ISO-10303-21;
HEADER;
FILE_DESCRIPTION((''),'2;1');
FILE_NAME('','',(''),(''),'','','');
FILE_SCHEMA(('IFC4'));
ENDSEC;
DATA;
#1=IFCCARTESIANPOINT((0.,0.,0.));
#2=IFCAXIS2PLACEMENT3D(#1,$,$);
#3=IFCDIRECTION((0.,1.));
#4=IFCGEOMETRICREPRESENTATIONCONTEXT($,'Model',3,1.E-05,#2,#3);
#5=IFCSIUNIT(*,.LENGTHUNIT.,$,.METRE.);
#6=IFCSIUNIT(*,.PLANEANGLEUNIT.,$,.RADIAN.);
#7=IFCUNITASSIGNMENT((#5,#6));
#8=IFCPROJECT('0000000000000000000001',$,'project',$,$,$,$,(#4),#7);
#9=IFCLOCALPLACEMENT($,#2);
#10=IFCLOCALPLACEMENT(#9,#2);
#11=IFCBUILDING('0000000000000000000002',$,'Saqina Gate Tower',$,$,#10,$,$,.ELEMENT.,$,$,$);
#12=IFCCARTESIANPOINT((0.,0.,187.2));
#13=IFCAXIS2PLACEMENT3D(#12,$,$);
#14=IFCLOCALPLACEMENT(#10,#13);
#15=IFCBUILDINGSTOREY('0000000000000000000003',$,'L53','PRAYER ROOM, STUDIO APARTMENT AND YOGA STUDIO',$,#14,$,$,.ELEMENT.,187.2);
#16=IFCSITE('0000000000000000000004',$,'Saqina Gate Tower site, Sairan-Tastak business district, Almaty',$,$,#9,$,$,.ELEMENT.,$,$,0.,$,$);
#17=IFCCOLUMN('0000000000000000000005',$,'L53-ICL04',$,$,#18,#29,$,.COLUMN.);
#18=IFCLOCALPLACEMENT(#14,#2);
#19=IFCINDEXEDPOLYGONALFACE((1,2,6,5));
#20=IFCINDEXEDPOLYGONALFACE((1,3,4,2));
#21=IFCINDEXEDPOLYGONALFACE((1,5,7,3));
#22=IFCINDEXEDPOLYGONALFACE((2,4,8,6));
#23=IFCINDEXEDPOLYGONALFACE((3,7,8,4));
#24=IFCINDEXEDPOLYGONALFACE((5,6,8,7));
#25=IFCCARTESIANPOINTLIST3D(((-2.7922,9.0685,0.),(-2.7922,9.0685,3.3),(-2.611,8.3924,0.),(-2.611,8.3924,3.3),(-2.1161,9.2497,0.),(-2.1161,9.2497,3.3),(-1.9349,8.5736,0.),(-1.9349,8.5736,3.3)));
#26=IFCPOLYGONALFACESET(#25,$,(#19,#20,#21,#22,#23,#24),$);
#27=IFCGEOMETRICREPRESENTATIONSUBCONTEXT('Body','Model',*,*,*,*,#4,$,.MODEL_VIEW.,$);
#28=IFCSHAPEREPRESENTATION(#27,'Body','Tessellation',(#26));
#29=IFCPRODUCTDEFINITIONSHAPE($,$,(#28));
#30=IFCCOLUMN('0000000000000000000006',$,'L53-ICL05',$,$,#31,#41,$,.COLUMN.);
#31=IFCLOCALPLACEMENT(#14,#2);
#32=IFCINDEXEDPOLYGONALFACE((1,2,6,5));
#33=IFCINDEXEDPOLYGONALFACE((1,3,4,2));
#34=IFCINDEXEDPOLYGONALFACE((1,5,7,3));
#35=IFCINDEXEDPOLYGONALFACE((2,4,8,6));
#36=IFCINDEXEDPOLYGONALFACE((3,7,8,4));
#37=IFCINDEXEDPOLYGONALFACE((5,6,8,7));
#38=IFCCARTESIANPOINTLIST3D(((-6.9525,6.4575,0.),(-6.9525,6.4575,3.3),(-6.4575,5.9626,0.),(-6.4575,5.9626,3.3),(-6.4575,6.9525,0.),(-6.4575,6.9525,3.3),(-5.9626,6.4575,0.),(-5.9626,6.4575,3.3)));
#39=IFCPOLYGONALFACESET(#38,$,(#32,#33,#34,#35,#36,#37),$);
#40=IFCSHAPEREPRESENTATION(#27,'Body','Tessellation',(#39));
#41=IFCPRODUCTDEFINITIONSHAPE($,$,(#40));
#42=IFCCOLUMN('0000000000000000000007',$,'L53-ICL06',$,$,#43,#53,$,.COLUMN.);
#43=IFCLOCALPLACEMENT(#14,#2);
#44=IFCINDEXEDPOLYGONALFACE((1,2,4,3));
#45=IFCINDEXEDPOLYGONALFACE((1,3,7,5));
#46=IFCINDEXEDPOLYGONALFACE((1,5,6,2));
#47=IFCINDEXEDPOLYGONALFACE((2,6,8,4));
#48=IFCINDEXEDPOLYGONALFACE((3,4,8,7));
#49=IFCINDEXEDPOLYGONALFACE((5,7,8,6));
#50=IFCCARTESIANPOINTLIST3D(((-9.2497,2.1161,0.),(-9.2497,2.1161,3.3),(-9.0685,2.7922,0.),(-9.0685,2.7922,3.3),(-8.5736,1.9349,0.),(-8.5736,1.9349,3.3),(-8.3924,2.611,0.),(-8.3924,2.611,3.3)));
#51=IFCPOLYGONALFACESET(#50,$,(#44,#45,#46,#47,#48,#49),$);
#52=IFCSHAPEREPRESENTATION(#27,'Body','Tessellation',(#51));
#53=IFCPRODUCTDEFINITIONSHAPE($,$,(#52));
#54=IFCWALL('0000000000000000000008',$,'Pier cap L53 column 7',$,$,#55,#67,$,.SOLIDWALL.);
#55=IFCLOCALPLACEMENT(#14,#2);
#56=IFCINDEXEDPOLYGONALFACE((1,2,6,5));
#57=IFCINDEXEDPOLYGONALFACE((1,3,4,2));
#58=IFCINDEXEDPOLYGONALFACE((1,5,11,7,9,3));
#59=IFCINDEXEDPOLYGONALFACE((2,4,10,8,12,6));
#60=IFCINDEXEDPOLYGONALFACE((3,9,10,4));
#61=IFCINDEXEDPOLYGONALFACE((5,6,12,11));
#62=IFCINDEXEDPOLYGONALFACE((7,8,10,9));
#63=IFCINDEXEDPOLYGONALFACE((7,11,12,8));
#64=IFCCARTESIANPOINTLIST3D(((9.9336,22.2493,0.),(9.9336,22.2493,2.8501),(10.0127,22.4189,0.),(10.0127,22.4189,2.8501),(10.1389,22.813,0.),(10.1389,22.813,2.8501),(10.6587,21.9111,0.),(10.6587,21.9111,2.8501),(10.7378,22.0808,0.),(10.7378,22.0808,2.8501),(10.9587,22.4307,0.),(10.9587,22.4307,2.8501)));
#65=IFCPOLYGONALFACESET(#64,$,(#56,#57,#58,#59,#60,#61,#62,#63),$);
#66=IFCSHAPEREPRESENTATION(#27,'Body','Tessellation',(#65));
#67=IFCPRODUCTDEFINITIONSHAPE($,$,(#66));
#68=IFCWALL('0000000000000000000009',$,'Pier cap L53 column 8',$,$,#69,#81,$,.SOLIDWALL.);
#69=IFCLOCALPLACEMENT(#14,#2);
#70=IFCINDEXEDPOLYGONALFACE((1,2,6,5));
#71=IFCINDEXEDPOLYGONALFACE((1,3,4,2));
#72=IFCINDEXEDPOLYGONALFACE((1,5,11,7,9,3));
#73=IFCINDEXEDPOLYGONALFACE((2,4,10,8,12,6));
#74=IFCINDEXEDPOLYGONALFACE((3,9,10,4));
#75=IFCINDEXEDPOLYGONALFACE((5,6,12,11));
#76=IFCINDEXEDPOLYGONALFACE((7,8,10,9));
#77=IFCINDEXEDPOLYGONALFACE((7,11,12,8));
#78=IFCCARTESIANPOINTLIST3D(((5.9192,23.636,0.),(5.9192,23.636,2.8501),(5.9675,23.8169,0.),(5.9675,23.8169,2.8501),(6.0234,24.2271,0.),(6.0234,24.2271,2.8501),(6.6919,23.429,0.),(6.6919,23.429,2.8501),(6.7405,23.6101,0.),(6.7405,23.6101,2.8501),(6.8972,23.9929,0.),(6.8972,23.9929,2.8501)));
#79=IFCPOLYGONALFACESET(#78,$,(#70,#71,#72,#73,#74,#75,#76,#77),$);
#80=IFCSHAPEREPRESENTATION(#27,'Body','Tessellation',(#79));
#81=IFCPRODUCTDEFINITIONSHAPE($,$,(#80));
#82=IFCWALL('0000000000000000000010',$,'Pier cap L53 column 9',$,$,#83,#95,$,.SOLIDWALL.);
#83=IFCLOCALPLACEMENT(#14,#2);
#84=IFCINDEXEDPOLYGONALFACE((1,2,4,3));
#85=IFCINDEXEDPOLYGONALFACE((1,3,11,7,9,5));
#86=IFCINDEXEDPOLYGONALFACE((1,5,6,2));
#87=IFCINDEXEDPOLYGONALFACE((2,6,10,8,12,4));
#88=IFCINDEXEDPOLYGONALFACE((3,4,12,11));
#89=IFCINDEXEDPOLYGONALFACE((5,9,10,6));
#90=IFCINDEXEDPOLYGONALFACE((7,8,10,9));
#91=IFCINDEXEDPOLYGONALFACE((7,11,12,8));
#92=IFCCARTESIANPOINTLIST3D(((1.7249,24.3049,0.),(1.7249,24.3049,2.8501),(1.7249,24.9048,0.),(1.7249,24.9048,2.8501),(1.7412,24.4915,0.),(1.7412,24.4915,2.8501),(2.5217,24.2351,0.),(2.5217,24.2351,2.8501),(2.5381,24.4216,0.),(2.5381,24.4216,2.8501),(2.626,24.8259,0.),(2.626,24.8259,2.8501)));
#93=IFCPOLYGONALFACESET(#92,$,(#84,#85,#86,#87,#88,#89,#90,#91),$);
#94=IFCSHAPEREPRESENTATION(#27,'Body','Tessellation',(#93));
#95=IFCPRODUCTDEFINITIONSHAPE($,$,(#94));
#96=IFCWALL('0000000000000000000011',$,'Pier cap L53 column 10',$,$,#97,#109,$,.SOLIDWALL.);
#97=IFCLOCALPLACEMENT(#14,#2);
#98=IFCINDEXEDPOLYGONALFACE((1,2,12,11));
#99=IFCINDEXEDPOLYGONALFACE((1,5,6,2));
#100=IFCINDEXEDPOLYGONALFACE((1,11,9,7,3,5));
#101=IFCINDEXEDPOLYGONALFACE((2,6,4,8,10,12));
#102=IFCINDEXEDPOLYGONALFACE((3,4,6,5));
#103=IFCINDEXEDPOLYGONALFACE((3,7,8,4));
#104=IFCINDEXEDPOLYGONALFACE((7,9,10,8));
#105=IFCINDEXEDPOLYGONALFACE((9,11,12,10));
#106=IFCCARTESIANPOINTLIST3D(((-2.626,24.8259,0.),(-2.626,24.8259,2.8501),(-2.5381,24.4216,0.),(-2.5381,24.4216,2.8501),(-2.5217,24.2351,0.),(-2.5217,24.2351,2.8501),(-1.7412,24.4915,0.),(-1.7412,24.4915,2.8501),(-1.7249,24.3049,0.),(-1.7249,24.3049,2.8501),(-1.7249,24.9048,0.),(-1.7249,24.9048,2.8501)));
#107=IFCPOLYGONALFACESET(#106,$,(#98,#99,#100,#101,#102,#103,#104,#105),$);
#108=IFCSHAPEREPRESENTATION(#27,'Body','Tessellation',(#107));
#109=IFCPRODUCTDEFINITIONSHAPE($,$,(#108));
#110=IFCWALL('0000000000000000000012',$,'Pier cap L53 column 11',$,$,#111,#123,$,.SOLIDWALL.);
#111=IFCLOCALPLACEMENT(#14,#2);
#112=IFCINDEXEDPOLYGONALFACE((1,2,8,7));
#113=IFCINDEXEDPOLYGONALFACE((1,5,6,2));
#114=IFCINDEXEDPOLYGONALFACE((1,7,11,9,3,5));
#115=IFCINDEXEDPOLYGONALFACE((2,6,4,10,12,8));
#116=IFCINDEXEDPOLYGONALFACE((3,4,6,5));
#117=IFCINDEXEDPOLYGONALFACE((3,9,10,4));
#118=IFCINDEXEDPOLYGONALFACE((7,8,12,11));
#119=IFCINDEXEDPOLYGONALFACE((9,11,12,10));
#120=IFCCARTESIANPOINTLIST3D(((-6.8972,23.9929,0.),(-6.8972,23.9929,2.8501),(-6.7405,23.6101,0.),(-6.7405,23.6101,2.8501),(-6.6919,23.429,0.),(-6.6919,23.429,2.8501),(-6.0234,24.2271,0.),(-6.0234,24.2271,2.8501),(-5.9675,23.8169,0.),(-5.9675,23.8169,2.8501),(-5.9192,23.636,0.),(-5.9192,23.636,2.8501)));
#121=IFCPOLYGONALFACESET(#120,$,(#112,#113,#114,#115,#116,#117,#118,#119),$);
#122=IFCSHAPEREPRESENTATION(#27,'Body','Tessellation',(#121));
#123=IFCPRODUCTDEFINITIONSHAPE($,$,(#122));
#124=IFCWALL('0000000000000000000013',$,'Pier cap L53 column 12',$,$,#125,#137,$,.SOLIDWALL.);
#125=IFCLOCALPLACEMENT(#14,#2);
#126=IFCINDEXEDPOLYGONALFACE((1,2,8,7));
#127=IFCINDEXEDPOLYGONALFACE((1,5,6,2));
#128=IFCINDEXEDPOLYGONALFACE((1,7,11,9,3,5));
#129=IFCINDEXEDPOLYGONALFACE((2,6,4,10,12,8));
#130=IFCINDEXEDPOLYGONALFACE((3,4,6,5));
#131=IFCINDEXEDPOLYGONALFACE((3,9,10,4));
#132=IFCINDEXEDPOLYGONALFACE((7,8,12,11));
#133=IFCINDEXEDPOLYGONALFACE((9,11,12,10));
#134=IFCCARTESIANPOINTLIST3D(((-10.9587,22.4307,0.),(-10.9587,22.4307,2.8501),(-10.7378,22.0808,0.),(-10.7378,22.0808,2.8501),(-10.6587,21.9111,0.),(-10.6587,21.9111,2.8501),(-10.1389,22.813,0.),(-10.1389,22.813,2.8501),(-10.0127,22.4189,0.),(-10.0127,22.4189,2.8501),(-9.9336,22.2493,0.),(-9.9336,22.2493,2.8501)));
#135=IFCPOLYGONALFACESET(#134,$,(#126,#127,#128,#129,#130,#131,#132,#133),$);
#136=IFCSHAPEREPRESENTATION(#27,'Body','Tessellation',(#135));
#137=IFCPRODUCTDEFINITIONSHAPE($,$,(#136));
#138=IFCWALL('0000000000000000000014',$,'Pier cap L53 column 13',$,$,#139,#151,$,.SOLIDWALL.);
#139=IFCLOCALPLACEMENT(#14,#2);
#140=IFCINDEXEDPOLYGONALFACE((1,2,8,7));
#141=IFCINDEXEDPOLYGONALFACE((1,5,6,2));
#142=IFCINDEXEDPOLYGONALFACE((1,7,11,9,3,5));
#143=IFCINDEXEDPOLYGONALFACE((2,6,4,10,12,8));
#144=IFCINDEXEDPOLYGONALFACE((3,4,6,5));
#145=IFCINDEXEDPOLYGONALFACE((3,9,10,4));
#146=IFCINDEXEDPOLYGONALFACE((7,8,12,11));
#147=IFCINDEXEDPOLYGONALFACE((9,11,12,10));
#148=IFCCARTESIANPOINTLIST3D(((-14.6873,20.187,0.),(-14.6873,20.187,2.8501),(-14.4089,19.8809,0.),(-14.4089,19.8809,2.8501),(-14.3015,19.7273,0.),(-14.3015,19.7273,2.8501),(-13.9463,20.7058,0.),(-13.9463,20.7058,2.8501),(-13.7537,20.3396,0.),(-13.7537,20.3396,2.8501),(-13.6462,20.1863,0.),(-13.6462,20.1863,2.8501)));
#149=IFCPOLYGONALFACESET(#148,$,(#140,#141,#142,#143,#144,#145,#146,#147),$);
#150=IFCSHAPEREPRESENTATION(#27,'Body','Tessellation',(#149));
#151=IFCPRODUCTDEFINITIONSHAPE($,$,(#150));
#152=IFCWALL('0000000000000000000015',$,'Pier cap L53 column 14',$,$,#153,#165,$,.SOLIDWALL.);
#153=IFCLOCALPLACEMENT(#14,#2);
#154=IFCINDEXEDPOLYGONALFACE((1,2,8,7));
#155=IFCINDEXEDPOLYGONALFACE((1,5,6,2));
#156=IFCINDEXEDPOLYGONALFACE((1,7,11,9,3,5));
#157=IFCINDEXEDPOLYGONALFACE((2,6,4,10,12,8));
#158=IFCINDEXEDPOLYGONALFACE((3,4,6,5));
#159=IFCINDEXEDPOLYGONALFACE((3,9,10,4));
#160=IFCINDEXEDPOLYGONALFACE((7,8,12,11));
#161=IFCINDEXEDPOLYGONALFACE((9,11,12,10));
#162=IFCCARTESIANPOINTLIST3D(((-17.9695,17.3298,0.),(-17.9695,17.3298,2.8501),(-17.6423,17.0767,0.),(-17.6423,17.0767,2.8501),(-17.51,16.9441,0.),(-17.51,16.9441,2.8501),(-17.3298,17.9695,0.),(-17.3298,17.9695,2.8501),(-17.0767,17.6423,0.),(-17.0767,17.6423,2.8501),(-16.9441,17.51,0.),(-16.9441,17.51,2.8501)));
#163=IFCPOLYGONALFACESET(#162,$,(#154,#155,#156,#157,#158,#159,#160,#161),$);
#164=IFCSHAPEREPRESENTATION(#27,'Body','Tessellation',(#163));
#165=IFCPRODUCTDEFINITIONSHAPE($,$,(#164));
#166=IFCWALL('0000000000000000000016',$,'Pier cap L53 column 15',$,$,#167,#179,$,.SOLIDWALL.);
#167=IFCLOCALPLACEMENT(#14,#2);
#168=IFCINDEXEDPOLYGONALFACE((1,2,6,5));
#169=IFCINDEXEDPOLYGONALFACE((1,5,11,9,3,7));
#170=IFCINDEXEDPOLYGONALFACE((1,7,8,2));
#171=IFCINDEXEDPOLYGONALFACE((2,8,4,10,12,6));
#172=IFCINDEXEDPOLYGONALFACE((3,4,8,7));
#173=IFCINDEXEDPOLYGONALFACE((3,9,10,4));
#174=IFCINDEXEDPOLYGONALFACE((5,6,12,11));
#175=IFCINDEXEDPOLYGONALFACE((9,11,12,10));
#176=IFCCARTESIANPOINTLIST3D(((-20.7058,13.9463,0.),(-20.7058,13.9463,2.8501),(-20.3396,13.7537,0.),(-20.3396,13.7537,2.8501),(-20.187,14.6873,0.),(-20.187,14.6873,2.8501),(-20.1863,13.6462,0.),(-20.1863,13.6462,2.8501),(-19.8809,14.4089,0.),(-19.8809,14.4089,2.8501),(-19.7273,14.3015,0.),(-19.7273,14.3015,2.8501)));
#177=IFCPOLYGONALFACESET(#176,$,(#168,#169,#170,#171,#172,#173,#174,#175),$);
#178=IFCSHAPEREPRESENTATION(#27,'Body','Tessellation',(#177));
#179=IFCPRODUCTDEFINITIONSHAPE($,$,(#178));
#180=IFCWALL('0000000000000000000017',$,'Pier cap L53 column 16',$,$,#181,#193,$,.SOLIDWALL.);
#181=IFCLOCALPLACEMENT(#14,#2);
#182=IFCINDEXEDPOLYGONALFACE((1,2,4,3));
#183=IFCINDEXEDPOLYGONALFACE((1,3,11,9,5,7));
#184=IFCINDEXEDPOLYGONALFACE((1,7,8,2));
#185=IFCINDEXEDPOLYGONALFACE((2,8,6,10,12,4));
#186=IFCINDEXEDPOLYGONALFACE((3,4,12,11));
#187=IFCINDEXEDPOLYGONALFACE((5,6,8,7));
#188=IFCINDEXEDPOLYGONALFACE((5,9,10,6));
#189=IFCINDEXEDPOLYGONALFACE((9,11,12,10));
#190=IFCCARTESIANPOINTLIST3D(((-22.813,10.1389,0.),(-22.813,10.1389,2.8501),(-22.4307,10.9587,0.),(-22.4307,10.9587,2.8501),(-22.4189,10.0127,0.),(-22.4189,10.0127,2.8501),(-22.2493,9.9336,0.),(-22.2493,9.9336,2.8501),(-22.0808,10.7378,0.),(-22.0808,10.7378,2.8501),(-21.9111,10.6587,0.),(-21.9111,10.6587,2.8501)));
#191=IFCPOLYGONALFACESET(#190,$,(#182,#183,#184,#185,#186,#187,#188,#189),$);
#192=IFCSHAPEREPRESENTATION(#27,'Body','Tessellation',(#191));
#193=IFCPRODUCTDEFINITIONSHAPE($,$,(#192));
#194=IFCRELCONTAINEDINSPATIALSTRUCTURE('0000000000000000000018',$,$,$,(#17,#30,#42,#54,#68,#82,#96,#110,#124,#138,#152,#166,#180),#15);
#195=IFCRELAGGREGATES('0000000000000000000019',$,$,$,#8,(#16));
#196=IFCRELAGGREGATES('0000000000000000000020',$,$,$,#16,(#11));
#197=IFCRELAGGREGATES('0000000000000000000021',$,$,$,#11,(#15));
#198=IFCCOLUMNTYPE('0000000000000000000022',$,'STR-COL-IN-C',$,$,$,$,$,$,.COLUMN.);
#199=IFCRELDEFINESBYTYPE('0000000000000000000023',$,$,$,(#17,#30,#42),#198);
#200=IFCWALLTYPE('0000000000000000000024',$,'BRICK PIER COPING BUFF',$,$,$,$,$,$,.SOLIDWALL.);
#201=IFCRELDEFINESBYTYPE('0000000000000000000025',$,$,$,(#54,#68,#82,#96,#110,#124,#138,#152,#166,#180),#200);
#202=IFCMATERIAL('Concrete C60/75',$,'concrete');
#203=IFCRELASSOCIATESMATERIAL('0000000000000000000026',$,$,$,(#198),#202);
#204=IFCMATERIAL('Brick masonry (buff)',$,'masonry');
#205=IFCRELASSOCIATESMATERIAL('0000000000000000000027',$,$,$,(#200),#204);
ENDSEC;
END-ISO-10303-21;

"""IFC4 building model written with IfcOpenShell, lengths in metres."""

from ifc_helpers import new_model, si_unit, direction, frame, origin, origin_2d, place, context, subcontext, project, spatial, polyline, rectangle, outline, extrude, material, material_profile, profile_set, type_object, element, save


model = new_model("IFC4")

# Units and contexts
model_context = context("Model", 3, precision=1e-05, world=origin(), true_north=direction((0.0, 1.0)))
body_context = subcontext(model_context, "Body", "Model", "MODEL_VIEW")
ifc_project = project(units=[si_unit("LENGTHUNIT", "METRE"), si_unit("PLANEANGLEUNIT", "RADIAN")], contexts=[model_context])

# Site, building, storey
site_placement = place(None, origin())
site = spatial("IfcSite", under=ifc_project, at=site_placement, Name="Saqina Gate Tower site, Sairan-Tastak business district, Almaty", CompositionType="ELEMENT", RefElevation=0.0)
building_placement = place(site_placement, origin())
building = spatial("IfcBuilding", under=site, at=building_placement, Name="Saqina Gate Tower", CompositionType="ELEMENT")
storey_placement = place(building_placement, frame((0.0, 0.0, 187.2)))
storey = spatial("IfcBuildingStorey", under=building, at=storey_placement, Name="L53", Description="PRAYER ROOM, STUDIO APARTMENT AND YOGA STUDIO", CompositionType="ELEMENT", Elevation=187.2)

# Columns
ifc_material_1 = material(Name="Concrete C60/75", Category="concrete")
ifc_material_profile = material_profile(ifc_material_1, rectangle(XDim=0.7, YDim=0.7, at=origin_2d()), Name="RC 700x700")
ifc_profile_set = profile_set([ifc_material_profile], Name="Concrete C60/75")
column_type = type_object("IfcColumnType", Name="STR-COL-IN-C", PredefinedType="COLUMN", material=ifc_profile_set)
for number, where, z_axis, x_axis, name in (
    (1, (-2.3635, 8.821, 0.0), (0.0, 0.0, 1.0), (-0.258819, 0.965926, 0.0), "L53-ICL04"),
    (2, (-6.4575, 6.4575, 0.0), (0.0, 0.0, 1.0), (-0.707107, 0.707107, 0.0), "L53-ICL05"),
    (3, (-8.821, 2.3635, 0.0), (0.0, 0.0, 1.0), (-0.965926, 0.258819, 0.0), "L53-ICL06"),
):
    element("IfcColumn", number, at=place(storey_placement, frame(where, z_axis=z_axis, x_axis=x_axis)), inside=storey, type_object=column_type, Name=name, PredefinedType="COLUMN", context=body_context, shape_type="SweptSolid", body=[
        extrude(rectangle(XDim=0.7, YDim=0.7, at=origin_2d()), origin(), (0.0, 0.0, 1.0), 3.3),
    ])

# Walls
ifc_material_2 = material(Name="Brick masonry (buff)", Category="masonry")
wall_type_1 = type_object("IfcWallType", Name="BRICK PIER COPING BUFF", PredefinedType="SOLIDWALL", material=ifc_material_2)
wall_1_placement = place(storey_placement, origin())
element("IfcWall", 4, at=wall_1_placement, inside=storey, type_object=wall_type_1, Name="Pier cap L53 column 7", PredefinedType="SOLIDWALL", context=body_context, shape_type="SweptSolid", body=[
    extrude(outline(polyline([(10.1389, 22.813), (9.9336, 22.2493), (10.0127, 22.4189), (10.7378, 22.0808), (10.6587, 21.9111), (10.9587, 22.4307), (10.1389, 22.813)])), origin(), (0.0, 0.0, 1.0), 2.8501),
])
wall_2_placement = place(storey_placement, origin())
element("IfcWall", 5, at=wall_2_placement, inside=storey, type_object=wall_type_1, Name="Pier cap L53 column 8", PredefinedType="SOLIDWALL", context=body_context, shape_type="SweptSolid", body=[
    extrude(outline(polyline([(6.0234, 24.2271), (5.9192, 23.636), (5.9675, 23.8169), (6.7405, 23.6101), (6.6919, 23.429), (6.8972, 23.9929), (6.0234, 24.2271)])), origin(), (0.0, 0.0, 1.0), 2.8501),
])
wall_3_placement = place(storey_placement, origin())
element("IfcWall", 6, at=wall_3_placement, inside=storey, type_object=wall_type_1, Name="Pier cap L53 column 9", PredefinedType="SOLIDWALL", context=body_context, shape_type="SweptSolid", body=[
    extrude(outline(polyline([(2.626, 24.8259), (1.7249, 24.9048), (1.7249, 24.3049), (1.7412, 24.4915), (2.5381, 24.4216), (2.5217, 24.2351), (2.626, 24.8259)])), origin(), (0.0, 0.0, 1.0), 2.8501),
])
wall_4_placement = place(storey_placement, origin())
element("IfcWall", 7, at=wall_4_placement, inside=storey, type_object=wall_type_1, Name="Pier cap L53 column 10", PredefinedType="SOLIDWALL", context=body_context, shape_type="SweptSolid", body=[
    extrude(outline(polyline([(-1.7249, 24.9048), (-2.626, 24.8259), (-2.5217, 24.2351), (-2.5381, 24.4216), (-1.7412, 24.4915), (-1.7249, 24.3049), (-1.7249, 24.9048)])), origin(), (0.0, 0.0, 1.0), 2.8501),
])
wall_5_placement = place(storey_placement, origin())
element("IfcWall", 8, at=wall_5_placement, inside=storey, type_object=wall_type_1, Name="Pier cap L53 column 11", PredefinedType="SOLIDWALL", context=body_context, shape_type="SweptSolid", body=[
    extrude(outline(polyline([(-6.0234, 24.2271), (-6.8972, 23.9929), (-6.6919, 23.429), (-6.7405, 23.6101), (-5.9675, 23.8169), (-5.9192, 23.636), (-6.0234, 24.2271)])), origin(), (0.0, 0.0, 1.0), 2.8501),
])
wall_6_placement = place(storey_placement, origin())
element("IfcWall", 9, at=wall_6_placement, inside=storey, type_object=wall_type_1, Name="Pier cap L53 column 12", PredefinedType="SOLIDWALL", context=body_context, shape_type="SweptSolid", body=[
    extrude(outline(polyline([(-10.9587, 22.4307), (-10.6587, 21.9111), (-10.7378, 22.0808), (-10.0127, 22.4189), (-9.9336, 22.2493), (-10.1389, 22.813), (-10.9587, 22.4307)])), origin(), (0.0, 0.0, 1.0), 2.8501),
])
wall_7_placement = place(storey_placement, origin())
element("IfcWall", 10, at=wall_7_placement, inside=storey, type_object=wall_type_1, Name="Pier cap L53 column 13", PredefinedType="SOLIDWALL", context=body_context, shape_type="SweptSolid", body=[
    extrude(outline(polyline([(-13.9463, 20.7058), (-14.6873, 20.187), (-14.3015, 19.7273), (-14.4089, 19.8809), (-13.7537, 20.3396), (-13.6462, 20.1863), (-13.9463, 20.7058)])), origin(), (0.0, 0.0, 1.0), 2.8501),
])
wall_8_placement = place(storey_placement, origin())
element("IfcWall", 11, at=wall_8_placement, inside=storey, type_object=wall_type_1, Name="Pier cap L53 column 14", PredefinedType="SOLIDWALL", context=body_context, shape_type="SweptSolid", body=[
    extrude(outline(polyline([(-17.9695, 17.3298), (-17.51, 16.9441), (-17.6423, 17.0767), (-17.0767, 17.6423), (-16.9441, 17.51), (-17.3298, 17.9695), (-17.9695, 17.3298)])), origin(), (0.0, 0.0, 1.0), 2.8501),
])
wall_9_placement = place(storey_placement, origin())
element("IfcWall", 12, at=wall_9_placement, inside=storey, type_object=wall_type_1, Name="Pier cap L53 column 15", PredefinedType="SOLIDWALL", context=body_context, shape_type="SweptSolid", body=[
    extrude(outline(polyline([(-20.187, 14.6873), (-20.7058, 13.9463), (-20.1863, 13.6462), (-20.3396, 13.7537), (-19.8809, 14.4089), (-19.7273, 14.3015), (-20.187, 14.6873)])), origin(), (0.0, 0.0, 1.0), 2.8501),
])
wall_10_placement = place(storey_placement, origin())
element("IfcWall", 13, at=wall_10_placement, inside=storey, type_object=wall_type_1, Name="Pier cap L53 column 16", PredefinedType="SOLIDWALL", context=body_context, shape_type="SweptSolid", body=[
    extrude(outline(polyline([(-22.813, 10.1389), (-22.2493, 9.9336), (-22.4189, 10.0127), (-22.0808, 10.7378), (-21.9111, 10.6587), (-22.4307, 10.9587), (-22.813, 10.1389)])), origin(), (0.0, 0.0, 1.0), 2.8501),
])

save(model, "model.ifc")
